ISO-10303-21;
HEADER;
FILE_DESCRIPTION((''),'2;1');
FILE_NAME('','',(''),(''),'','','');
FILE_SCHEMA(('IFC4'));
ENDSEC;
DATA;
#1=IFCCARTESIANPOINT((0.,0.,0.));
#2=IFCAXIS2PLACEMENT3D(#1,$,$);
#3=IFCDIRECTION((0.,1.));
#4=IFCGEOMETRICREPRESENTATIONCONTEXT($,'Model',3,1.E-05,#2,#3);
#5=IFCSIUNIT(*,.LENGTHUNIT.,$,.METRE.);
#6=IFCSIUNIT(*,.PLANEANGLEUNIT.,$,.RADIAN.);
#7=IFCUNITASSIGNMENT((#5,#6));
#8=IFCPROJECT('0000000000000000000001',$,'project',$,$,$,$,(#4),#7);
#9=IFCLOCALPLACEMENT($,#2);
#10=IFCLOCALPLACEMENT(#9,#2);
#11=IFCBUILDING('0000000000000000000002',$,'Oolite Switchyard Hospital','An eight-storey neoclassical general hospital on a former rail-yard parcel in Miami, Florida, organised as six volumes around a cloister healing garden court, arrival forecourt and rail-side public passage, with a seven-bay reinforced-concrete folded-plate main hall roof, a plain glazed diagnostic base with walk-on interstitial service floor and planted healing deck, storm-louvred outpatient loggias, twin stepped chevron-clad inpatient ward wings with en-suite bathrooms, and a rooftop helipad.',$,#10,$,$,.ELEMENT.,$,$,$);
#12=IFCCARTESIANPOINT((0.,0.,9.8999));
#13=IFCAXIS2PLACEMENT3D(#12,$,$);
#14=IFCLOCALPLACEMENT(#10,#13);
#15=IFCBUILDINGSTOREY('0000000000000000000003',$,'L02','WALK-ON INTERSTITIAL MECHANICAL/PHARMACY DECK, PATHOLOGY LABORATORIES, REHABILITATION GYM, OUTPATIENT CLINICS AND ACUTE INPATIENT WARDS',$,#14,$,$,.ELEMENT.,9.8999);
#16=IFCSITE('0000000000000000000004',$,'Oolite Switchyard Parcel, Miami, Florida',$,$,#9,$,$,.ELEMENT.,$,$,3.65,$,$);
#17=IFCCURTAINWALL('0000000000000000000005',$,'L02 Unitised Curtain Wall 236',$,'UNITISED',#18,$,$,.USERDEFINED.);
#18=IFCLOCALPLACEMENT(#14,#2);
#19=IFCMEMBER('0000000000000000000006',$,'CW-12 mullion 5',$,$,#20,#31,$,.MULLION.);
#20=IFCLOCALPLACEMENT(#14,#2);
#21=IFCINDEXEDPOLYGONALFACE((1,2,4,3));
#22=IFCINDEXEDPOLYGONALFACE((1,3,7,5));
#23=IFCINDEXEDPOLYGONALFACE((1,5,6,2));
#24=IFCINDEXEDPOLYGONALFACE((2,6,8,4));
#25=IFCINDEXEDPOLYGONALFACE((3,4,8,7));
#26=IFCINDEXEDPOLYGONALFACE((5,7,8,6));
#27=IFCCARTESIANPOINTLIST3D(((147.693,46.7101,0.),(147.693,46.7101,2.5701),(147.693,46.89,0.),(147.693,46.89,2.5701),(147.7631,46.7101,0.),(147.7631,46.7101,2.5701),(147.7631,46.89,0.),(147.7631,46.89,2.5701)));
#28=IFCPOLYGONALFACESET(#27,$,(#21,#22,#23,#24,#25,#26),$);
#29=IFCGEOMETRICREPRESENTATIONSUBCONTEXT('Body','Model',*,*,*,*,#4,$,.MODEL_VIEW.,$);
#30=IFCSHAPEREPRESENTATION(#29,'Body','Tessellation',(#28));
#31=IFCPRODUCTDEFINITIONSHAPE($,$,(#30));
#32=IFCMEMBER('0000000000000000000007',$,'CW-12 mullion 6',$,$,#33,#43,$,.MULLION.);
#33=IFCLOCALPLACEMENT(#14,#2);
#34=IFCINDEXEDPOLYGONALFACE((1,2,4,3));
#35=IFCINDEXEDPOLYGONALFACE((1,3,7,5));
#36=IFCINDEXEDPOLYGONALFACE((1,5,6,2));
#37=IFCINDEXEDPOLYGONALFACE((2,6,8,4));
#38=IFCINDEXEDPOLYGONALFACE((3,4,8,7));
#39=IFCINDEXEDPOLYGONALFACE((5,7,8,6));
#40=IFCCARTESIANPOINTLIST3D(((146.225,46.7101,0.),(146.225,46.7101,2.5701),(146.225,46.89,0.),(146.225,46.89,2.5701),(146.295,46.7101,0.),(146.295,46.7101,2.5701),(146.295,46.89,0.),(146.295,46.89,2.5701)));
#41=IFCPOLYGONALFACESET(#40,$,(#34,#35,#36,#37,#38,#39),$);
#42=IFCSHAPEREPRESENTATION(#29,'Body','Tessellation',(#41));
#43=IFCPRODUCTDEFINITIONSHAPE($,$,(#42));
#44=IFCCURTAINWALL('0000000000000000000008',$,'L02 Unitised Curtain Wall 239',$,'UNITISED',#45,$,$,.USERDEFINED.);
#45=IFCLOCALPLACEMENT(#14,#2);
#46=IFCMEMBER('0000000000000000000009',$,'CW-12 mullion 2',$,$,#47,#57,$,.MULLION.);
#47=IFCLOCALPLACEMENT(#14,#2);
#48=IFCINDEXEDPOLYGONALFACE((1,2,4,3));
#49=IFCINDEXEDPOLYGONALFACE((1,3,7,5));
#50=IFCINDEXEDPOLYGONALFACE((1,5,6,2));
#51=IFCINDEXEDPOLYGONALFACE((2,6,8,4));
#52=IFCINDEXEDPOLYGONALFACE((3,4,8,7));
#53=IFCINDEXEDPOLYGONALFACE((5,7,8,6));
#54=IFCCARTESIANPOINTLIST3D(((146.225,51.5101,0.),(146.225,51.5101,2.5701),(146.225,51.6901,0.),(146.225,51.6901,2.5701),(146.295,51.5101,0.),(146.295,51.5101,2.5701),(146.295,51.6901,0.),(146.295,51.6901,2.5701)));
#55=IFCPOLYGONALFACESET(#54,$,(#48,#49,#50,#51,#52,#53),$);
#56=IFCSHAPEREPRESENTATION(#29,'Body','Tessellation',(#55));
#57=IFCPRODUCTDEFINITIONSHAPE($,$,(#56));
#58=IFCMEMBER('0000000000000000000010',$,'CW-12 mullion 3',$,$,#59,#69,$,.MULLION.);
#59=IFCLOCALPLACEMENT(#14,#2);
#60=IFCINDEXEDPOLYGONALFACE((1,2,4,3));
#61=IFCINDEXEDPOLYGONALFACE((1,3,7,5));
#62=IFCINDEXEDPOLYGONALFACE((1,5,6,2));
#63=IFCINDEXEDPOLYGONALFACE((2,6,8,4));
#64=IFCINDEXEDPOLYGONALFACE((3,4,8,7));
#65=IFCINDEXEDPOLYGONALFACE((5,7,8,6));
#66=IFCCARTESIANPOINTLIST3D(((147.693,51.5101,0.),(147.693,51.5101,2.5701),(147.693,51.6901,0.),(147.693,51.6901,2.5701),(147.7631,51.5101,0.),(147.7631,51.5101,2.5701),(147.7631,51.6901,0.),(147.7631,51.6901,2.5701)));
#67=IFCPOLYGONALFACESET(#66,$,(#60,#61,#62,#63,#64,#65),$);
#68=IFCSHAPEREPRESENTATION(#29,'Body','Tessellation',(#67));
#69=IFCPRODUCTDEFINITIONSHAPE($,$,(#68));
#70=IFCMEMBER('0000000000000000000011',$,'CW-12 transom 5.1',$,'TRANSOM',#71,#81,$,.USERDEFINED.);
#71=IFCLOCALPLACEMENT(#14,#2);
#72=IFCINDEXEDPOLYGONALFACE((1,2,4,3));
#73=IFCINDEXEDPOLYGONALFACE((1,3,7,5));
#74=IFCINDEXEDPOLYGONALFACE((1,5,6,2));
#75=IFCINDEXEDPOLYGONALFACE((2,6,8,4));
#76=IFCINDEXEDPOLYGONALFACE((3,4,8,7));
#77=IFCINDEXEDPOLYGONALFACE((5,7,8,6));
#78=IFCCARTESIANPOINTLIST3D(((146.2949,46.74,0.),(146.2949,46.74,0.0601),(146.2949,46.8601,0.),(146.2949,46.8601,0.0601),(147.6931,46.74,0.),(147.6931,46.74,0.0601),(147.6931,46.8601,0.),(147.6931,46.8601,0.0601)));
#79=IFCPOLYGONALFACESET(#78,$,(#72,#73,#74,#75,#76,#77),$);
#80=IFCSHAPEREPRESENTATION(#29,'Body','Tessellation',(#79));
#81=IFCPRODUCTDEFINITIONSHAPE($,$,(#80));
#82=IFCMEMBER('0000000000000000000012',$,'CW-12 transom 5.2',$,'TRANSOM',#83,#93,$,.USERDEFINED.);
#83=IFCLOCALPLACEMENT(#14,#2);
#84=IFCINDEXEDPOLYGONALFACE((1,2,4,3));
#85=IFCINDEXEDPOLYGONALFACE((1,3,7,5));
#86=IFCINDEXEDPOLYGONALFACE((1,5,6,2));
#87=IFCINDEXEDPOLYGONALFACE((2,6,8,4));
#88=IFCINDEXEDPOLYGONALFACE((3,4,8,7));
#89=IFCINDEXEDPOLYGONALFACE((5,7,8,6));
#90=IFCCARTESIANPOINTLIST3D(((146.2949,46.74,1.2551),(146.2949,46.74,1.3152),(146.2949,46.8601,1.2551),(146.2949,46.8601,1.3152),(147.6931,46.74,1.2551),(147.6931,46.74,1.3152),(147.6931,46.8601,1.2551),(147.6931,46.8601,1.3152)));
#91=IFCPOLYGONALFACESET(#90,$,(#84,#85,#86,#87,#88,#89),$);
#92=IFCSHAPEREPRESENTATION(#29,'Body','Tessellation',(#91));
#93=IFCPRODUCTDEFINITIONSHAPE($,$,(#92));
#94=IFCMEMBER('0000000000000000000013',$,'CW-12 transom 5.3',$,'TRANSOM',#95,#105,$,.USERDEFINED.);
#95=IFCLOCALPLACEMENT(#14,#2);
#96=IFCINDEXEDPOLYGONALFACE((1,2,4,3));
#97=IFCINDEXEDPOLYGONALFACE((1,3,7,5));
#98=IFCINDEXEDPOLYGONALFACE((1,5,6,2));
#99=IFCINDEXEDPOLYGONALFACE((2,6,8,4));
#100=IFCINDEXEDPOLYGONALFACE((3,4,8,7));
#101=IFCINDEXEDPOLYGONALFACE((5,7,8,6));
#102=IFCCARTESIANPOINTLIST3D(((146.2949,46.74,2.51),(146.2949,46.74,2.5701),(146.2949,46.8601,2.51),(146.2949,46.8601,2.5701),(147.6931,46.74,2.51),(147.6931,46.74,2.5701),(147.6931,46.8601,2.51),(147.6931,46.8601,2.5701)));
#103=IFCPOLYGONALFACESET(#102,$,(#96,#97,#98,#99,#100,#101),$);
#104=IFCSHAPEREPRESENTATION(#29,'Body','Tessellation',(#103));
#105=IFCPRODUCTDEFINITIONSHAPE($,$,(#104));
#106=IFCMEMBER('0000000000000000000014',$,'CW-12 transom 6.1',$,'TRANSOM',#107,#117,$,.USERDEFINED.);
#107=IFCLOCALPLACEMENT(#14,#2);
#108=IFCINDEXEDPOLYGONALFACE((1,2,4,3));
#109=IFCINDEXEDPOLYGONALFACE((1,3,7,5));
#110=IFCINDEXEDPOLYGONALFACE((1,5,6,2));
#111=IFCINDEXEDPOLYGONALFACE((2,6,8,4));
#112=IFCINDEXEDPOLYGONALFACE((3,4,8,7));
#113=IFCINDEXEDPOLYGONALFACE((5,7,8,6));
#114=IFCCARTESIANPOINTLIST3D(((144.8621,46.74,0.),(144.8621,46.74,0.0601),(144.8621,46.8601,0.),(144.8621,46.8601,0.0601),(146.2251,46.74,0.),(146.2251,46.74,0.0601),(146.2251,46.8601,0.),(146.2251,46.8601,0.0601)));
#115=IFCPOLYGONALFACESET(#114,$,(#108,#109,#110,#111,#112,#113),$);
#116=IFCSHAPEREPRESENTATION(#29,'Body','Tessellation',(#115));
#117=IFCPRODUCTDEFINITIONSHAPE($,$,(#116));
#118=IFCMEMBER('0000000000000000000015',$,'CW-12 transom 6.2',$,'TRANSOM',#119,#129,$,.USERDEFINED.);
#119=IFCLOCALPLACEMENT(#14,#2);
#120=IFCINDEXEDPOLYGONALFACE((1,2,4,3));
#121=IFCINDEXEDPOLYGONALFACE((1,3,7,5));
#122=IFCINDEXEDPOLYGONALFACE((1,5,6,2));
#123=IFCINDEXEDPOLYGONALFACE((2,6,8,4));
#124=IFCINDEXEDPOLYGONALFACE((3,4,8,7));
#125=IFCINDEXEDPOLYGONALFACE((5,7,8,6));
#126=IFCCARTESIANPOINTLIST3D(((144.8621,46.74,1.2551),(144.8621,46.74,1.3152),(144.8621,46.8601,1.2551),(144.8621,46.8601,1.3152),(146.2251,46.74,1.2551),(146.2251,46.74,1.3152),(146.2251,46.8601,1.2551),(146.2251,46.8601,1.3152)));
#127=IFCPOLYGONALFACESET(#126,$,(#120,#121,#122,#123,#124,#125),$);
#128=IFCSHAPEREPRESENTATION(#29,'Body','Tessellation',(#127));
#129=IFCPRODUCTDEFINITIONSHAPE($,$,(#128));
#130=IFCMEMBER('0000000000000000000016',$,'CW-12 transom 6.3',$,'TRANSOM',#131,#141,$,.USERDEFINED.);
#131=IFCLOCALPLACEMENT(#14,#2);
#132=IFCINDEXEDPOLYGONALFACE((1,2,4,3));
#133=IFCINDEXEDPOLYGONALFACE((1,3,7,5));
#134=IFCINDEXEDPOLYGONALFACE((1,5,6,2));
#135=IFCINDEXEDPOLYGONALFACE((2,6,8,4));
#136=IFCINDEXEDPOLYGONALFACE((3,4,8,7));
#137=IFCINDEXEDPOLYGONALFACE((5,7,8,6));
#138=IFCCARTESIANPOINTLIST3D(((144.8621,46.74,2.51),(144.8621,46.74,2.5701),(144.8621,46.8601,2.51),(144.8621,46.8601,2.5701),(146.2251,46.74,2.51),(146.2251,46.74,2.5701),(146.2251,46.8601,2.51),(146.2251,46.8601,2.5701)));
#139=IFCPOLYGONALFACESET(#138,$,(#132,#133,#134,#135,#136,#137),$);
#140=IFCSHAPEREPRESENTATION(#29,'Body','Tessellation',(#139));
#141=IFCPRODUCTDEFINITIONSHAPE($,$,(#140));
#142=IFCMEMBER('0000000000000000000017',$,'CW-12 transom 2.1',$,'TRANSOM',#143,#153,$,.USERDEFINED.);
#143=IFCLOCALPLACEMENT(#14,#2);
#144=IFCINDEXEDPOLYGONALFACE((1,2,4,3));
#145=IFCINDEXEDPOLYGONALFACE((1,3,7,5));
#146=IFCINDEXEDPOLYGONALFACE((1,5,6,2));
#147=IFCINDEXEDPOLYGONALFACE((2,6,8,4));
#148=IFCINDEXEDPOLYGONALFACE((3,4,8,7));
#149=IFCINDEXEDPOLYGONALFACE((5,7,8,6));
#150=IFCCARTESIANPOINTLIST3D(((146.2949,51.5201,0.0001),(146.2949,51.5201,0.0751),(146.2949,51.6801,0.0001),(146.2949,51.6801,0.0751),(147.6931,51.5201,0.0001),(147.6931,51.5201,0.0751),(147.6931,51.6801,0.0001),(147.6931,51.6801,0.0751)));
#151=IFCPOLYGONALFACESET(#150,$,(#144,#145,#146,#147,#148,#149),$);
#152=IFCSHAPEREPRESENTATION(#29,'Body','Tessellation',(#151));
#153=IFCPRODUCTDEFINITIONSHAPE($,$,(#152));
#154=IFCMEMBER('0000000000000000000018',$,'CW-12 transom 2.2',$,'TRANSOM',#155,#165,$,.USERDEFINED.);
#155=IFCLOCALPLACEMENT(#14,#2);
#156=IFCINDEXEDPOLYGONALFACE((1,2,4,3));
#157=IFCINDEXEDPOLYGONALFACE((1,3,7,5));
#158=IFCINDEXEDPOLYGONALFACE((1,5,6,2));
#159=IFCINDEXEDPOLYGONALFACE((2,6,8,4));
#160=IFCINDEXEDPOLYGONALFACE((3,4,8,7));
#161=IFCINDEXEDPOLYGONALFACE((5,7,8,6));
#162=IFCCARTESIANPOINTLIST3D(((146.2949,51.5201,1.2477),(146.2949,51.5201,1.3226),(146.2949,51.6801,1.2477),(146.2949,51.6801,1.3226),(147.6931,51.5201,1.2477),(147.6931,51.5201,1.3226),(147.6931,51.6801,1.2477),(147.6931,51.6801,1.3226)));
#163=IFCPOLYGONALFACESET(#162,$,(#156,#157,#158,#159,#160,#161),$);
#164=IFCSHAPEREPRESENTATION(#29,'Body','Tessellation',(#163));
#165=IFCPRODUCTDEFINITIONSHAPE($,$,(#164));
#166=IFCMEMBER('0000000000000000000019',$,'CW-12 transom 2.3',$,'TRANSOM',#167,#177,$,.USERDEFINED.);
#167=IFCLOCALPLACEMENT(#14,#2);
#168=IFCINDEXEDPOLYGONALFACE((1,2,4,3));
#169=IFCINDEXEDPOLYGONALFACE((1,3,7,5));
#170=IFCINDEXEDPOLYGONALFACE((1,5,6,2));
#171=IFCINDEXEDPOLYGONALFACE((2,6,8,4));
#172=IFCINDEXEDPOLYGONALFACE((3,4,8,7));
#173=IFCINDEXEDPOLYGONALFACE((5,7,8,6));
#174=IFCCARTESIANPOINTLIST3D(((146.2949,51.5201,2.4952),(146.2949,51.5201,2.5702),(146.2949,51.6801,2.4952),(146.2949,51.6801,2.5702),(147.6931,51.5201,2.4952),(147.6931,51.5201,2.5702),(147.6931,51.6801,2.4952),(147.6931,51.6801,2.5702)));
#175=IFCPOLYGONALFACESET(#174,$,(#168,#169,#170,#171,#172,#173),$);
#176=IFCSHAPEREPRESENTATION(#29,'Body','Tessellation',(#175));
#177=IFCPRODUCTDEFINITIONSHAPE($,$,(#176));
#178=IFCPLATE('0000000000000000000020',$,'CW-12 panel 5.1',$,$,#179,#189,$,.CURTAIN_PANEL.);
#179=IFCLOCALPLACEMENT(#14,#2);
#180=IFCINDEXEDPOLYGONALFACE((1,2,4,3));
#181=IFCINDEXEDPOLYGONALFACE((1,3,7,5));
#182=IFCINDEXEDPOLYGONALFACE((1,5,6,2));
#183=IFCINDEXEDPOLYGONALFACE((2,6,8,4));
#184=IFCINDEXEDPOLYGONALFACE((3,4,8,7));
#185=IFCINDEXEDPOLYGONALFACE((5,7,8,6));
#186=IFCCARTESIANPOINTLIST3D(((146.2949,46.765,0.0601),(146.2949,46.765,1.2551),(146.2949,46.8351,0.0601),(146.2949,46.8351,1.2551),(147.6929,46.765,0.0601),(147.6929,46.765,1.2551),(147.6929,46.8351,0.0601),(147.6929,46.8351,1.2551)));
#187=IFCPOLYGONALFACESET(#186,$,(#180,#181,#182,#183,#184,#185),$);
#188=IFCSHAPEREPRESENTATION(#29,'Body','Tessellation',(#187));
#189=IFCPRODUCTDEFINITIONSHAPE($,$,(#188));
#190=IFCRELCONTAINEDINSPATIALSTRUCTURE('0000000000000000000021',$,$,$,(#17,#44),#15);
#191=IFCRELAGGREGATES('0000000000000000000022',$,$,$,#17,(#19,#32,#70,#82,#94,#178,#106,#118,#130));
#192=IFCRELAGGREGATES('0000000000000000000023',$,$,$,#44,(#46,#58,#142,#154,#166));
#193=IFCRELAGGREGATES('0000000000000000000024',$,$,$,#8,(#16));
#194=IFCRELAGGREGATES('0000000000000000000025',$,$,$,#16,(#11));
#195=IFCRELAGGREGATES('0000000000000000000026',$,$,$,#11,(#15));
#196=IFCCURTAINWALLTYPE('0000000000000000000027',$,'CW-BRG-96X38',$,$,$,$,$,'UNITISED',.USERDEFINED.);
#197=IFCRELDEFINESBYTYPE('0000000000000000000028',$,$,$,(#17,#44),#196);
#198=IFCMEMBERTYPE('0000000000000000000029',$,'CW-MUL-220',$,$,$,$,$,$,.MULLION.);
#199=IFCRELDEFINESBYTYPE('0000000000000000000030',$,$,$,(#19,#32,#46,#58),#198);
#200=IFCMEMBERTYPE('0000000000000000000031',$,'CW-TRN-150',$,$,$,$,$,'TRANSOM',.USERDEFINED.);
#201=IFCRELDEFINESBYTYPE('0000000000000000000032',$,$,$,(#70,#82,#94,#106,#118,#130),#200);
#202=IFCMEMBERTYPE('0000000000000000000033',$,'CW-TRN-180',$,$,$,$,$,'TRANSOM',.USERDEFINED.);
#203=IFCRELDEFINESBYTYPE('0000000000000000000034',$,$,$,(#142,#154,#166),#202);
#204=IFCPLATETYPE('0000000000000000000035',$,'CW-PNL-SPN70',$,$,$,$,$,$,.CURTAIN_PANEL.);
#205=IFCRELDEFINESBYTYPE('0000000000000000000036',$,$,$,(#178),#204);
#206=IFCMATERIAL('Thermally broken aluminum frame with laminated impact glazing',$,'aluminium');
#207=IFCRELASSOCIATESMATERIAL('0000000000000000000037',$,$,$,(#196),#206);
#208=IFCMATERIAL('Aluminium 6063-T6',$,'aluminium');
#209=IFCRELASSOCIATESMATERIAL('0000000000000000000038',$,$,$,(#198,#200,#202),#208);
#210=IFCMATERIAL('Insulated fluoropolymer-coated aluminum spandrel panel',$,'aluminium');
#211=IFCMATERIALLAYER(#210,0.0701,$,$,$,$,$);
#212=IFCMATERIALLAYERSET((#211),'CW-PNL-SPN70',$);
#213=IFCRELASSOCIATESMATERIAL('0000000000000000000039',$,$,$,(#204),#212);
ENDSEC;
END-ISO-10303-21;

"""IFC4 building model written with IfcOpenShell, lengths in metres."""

from ifc_helpers import new_model, si_unit, direction, frame, origin, origin_2d, place, context, subcontext, project, spatial, rectangle, extrude, material, layer, layer_set, material_profile, profile_set, type_object, element, aggregate, save


model = new_model("IFC4")

# Units and contexts
model_context = context("Model", 3, precision=1e-05, world=origin(), true_north=direction((0.0, 1.0)))
body_context = subcontext(model_context, "Body", "Model", "MODEL_VIEW")
ifc_project = project(units=[si_unit("LENGTHUNIT", "METRE"), si_unit("PLANEANGLEUNIT", "RADIAN")], contexts=[model_context])

# Site, building, storey
site_placement = place(None, origin())
site = spatial("IfcSite", under=ifc_project, at=site_placement, Name="Oolite Switchyard Parcel, Miami, Florida", CompositionType="ELEMENT", RefElevation=3.65)
building_placement = place(site_placement, origin())
building = spatial("IfcBuilding", under=site, at=building_placement, Name="Oolite Switchyard Hospital", Description="An eight-storey neoclassical general hospital on a former rail-yard parcel in Miami, Florida, organised as six volumes around a cloister healing garden court, arrival forecourt and rail-side public passage, with a seven-bay reinforced-concrete folded-plate main hall roof, a plain glazed diagnostic base with walk-on interstitial service floor and planted healing deck, storm-louvred outpatient loggias, twin stepped chevron-clad inpatient ward wings with en-suite bathrooms, and a rooftop helipad.", CompositionType="ELEMENT")
storey_placement = place(building_placement, frame((0.0, 0.0, 9.8999)))
storey = spatial("IfcBuildingStorey", under=building, at=storey_placement, Name="L02", Description="WALK-ON INTERSTITIAL MECHANICAL/PHARMACY DECK, PATHOLOGY LABORATORIES, REHABILITATION GYM, OUTPATIENT CLINICS AND ACUTE INPATIENT WARDS", CompositionType="ELEMENT", Elevation=9.8999)

# Curtain walls, members
ifc_material_1 = material(Name="Thermally broken aluminum frame with laminated impact glazing", Category="aluminium")
curtain_wall_type = type_object("IfcCurtainWallType", Name="CW-BRG-96X38", ElementType="UNITISED", PredefinedType="USERDEFINED", material=ifc_material_1)
curtain_wall_1_placement = place(storey_placement, origin())
curtain_wall_1 = element("IfcCurtainWall", 1, at=curtain_wall_1_placement, inside=storey, type_object=curtain_wall_type, Name="L02 Unitised Curtain Wall 236", ObjectType="UNITISED", PredefinedType="USERDEFINED")
ifc_material_2 = material(Name="Aluminium 6063-T6", Category="aluminium")
ifc_material_profile_1 = material_profile(ifc_material_2, rectangle(XDim=0.1799, YDim=0.0701, at=origin_2d()), Name="CWM70X180")
ifc_profile_set_1 = profile_set([ifc_material_profile_1], Name="Aluminium 6063-T6")
member_type_1 = type_object("IfcMemberType", Name="CW-MUL-220", PredefinedType="MULLION", material=ifc_profile_set_1)
member_1_placement = place(storey_placement, frame((147.728, 46.8, 0.0), z_axis=(0.0, 0.0, 1.0), x_axis=(0.0, -1.0, 0.0)))
member_1 = element("IfcMember", 2, at=member_1_placement, type_object=member_type_1, Name="CW-12 mullion 5", PredefinedType="MULLION", context=body_context, shape_type="SweptSolid", body=[
    extrude(rectangle(XDim=0.1799, YDim=0.0701, at=origin_2d()), origin(), (0.0, 0.0, 1.0), 2.5701),
])
member_2_placement = place(storey_placement, frame((146.26, 46.8, 0.0), z_axis=(0.0, 0.0, 1.0), x_axis=(0.0, -1.0, 0.0)))
member_2 = element("IfcMember", 3, at=member_2_placement, type_object=member_type_1, Name="CW-12 mullion 6", PredefinedType="MULLION", context=body_context, shape_type="SweptSolid", body=[
    extrude(rectangle(XDim=0.1799, YDim=0.0701, at=origin_2d()), origin(), (0.0, 0.0, 1.0), 2.5701),
])
curtain_wall_2_placement = place(storey_placement, origin())
curtain_wall_2 = element("IfcCurtainWall", 4, at=curtain_wall_2_placement, inside=storey, type_object=curtain_wall_type, Name="L02 Unitised Curtain Wall 239", ObjectType="UNITISED", PredefinedType="USERDEFINED")
member_3_placement = place(storey_placement, frame((146.26, 51.6001, 0.0), z_axis=(0.0, 0.0, 1.0), x_axis=(0.0, 1.0, 0.0)))
member_3 = element("IfcMember", 5, at=member_3_placement, type_object=member_type_1, Name="CW-12 mullion 2", PredefinedType="MULLION", context=body_context, shape_type="SweptSolid", body=[
    extrude(rectangle(XDim=0.1799, YDim=0.0701, at=origin_2d()), origin(), (0.0, 0.0, 1.0), 2.5701),
])
member_4_placement = place(storey_placement, frame((147.728, 51.6001, 0.0), z_axis=(0.0, 0.0, 1.0), x_axis=(0.0, 1.0, 0.0)))
member_4 = element("IfcMember", 6, at=member_4_placement, type_object=member_type_1, Name="CW-12 mullion 3", PredefinedType="MULLION", context=body_context, shape_type="SweptSolid", body=[
    extrude(rectangle(XDim=0.1799, YDim=0.0701, at=origin_2d()), origin(), (0.0, 0.0, 1.0), 2.5701),
])

# Members
ifc_material_profile_2 = material_profile(ifc_material_2, rectangle(XDim=0.1201, YDim=0.0601, at=origin_2d()), Name="CWT60X120")
ifc_profile_set_2 = profile_set([ifc_material_profile_2], Name="Aluminium 6063-T6")
member_type_2 = type_object("IfcMemberType", Name="CW-TRN-150", ElementType="TRANSOM", PredefinedType="USERDEFINED", material=ifc_profile_set_2)
member_5_placement = place(storey_placement, frame((147.6931, 46.8, 0.03), z_axis=(-1.0, 0.0, 0.0), x_axis=(0.0, -1.0, 0.0)))
member_5 = element("IfcMember", 7, at=member_5_placement, type_object=member_type_2, Name="CW-12 transom 5.1", ObjectType="TRANSOM", PredefinedType="USERDEFINED", context=body_context, shape_type="SweptSolid", body=[
    extrude(rectangle(XDim=0.1201, YDim=0.0601, at=origin_2d()), origin(), (0.0, 0.0, 1.0), 1.3982),
])
member_6_placement = place(storey_placement, frame((147.6931, 46.8, 1.2852), z_axis=(-1.0, 0.0, 0.0), x_axis=(0.0, -1.0, 0.0)))
member_6 = element("IfcMember", 8, at=member_6_placement, type_object=member_type_2, Name="CW-12 transom 5.2", ObjectType="TRANSOM", PredefinedType="USERDEFINED", context=body_context, shape_type="SweptSolid", body=[
    extrude(rectangle(XDim=0.1201, YDim=0.0601, at=origin_2d()), origin(), (0.0, 0.0, 1.0), 1.3982),
])
member_7_placement = place(storey_placement, frame((147.6931, 46.8, 2.54), z_axis=(-1.0, 0.0, 0.0), x_axis=(0.0, -1.0, 0.0)))
member_7 = element("IfcMember", 9, at=member_7_placement, type_object=member_type_2, Name="CW-12 transom 5.3", ObjectType="TRANSOM", PredefinedType="USERDEFINED", context=body_context, shape_type="SweptSolid", body=[
    extrude(rectangle(XDim=0.1201, YDim=0.0601, at=origin_2d()), origin(), (0.0, 0.0, 1.0), 1.3982),
])
member_8_placement = place(storey_placement, frame((146.2251, 46.8, 0.03), z_axis=(-1.0, 0.0, 0.0), x_axis=(0.0, -1.0, 0.0)))
member_8 = element("IfcMember", 10, at=member_8_placement, type_object=member_type_2, Name="CW-12 transom 6.1", ObjectType="TRANSOM", PredefinedType="USERDEFINED", context=body_context, shape_type="SweptSolid", body=[
    extrude(rectangle(XDim=0.1201, YDim=0.0601, at=origin_2d()), origin(), (0.0, 0.0, 1.0), 1.363),
])
member_9_placement = place(storey_placement, frame((146.2251, 46.8, 1.2852), z_axis=(-1.0, 0.0, 0.0), x_axis=(0.0, -1.0, 0.0)))
member_9 = element("IfcMember", 11, at=member_9_placement, type_object=member_type_2, Name="CW-12 transom 6.2", ObjectType="TRANSOM", PredefinedType="USERDEFINED", context=body_context, shape_type="SweptSolid", body=[
    extrude(rectangle(XDim=0.1201, YDim=0.0601, at=origin_2d()), origin(), (0.0, 0.0, 1.0), 1.363),
])
member_10_placement = place(storey_placement, frame((146.2251, 46.8, 2.54), z_axis=(-1.0, 0.0, 0.0), x_axis=(0.0, -1.0, 0.0)))
member_10 = element("IfcMember", 12, at=member_10_placement, type_object=member_type_2, Name="CW-12 transom 6.3", ObjectType="TRANSOM", PredefinedType="USERDEFINED", context=body_context, shape_type="SweptSolid", body=[
    extrude(rectangle(XDim=0.1201, YDim=0.0601, at=origin_2d()), origin(), (0.0, 0.0, 1.0), 1.363),
])
ifc_material_profile_3 = material_profile(ifc_material_2, rectangle(XDim=0.1599, YDim=0.075, at=origin_2d()), Name="CWT75X160")
ifc_profile_set_3 = profile_set([ifc_material_profile_3], Name="Aluminium 6063-T6")
member_type_3 = type_object("IfcMemberType", Name="CW-TRN-180", ElementType="TRANSOM", PredefinedType="USERDEFINED", material=ifc_profile_set_3)
member_11_placement = place(storey_placement, frame((146.2949, 51.6001, 0.0376), z_axis=(1.0, 0.0, 0.0), x_axis=(0.0, 1.0, 0.0)))
member_11 = element("IfcMember", 13, at=member_11_placement, type_object=member_type_3, Name="CW-12 transom 2.1", ObjectType="TRANSOM", PredefinedType="USERDEFINED", context=body_context, shape_type="SweptSolid", body=[
    extrude(rectangle(XDim=0.1599, YDim=0.075, at=origin_2d()), origin(), (0.0, 0.0, 1.0), 1.3982),
])
member_12_placement = place(storey_placement, frame((146.2949, 51.6001, 1.2852), z_axis=(1.0, 0.0, 0.0), x_axis=(0.0, 1.0, 0.0)))
member_12 = element("IfcMember", 14, at=member_12_placement, type_object=member_type_3, Name="CW-12 transom 2.2", ObjectType="TRANSOM", PredefinedType="USERDEFINED", context=body_context, shape_type="SweptSolid", body=[
    extrude(rectangle(XDim=0.1599, YDim=0.075, at=origin_2d()), origin(), (0.0, 0.0, 1.0), 1.3982),
])
member_13_placement = place(storey_placement, frame((146.2949, 51.6001, 2.5327), z_axis=(1.0, 0.0, 0.0), x_axis=(0.0, 1.0, 0.0)))
member_13 = element("IfcMember", 15, at=member_13_placement, type_object=member_type_3, Name="CW-12 transom 2.3", ObjectType="TRANSOM", PredefinedType="USERDEFINED", context=body_context, shape_type="SweptSolid", body=[
    extrude(rectangle(XDim=0.1599, YDim=0.075, at=origin_2d()), origin(), (0.0, 0.0, 1.0), 1.3982),
])

# Plate
ifc_material_3 = material(Name="Insulated fluoropolymer-coated aluminum spandrel panel", Category="aluminium")
ifc_layer = layer(ifc_material_3, 0.0701)
ifc_layer_set = layer_set([ifc_layer], Name="CW-PNL-SPN70")
plate_type = type_object("IfcPlateType", Name="CW-PNL-SPN70", PredefinedType="CURTAIN_PANEL", material=ifc_layer_set)
plate_1_placement = place(storey_placement, frame((146.9939, 46.8, 0.0601), z_axis=(0.0, 0.0, 1.0), x_axis=(-1.0, 0.0, 0.0)))
plate_1 = element("IfcPlate", 16, at=plate_1_placement, type_object=plate_type, Name="CW-12 panel 5.1", PredefinedType="CURTAIN_PANEL", context=body_context, shape_type="SweptSolid", body=[
    extrude(rectangle(XDim=1.3979, YDim=0.0701, at=origin_2d()), origin(), (0.0, 0.0, 1.0), 1.1951),
])
aggregate(curtain_wall_1, [member_1, member_2, member_5, member_6, member_7, plate_1, member_8, member_9, member_10])
aggregate(curtain_wall_2, [member_3, member_4, member_11, member_12, member_13])

save(model, "model.ifc")
